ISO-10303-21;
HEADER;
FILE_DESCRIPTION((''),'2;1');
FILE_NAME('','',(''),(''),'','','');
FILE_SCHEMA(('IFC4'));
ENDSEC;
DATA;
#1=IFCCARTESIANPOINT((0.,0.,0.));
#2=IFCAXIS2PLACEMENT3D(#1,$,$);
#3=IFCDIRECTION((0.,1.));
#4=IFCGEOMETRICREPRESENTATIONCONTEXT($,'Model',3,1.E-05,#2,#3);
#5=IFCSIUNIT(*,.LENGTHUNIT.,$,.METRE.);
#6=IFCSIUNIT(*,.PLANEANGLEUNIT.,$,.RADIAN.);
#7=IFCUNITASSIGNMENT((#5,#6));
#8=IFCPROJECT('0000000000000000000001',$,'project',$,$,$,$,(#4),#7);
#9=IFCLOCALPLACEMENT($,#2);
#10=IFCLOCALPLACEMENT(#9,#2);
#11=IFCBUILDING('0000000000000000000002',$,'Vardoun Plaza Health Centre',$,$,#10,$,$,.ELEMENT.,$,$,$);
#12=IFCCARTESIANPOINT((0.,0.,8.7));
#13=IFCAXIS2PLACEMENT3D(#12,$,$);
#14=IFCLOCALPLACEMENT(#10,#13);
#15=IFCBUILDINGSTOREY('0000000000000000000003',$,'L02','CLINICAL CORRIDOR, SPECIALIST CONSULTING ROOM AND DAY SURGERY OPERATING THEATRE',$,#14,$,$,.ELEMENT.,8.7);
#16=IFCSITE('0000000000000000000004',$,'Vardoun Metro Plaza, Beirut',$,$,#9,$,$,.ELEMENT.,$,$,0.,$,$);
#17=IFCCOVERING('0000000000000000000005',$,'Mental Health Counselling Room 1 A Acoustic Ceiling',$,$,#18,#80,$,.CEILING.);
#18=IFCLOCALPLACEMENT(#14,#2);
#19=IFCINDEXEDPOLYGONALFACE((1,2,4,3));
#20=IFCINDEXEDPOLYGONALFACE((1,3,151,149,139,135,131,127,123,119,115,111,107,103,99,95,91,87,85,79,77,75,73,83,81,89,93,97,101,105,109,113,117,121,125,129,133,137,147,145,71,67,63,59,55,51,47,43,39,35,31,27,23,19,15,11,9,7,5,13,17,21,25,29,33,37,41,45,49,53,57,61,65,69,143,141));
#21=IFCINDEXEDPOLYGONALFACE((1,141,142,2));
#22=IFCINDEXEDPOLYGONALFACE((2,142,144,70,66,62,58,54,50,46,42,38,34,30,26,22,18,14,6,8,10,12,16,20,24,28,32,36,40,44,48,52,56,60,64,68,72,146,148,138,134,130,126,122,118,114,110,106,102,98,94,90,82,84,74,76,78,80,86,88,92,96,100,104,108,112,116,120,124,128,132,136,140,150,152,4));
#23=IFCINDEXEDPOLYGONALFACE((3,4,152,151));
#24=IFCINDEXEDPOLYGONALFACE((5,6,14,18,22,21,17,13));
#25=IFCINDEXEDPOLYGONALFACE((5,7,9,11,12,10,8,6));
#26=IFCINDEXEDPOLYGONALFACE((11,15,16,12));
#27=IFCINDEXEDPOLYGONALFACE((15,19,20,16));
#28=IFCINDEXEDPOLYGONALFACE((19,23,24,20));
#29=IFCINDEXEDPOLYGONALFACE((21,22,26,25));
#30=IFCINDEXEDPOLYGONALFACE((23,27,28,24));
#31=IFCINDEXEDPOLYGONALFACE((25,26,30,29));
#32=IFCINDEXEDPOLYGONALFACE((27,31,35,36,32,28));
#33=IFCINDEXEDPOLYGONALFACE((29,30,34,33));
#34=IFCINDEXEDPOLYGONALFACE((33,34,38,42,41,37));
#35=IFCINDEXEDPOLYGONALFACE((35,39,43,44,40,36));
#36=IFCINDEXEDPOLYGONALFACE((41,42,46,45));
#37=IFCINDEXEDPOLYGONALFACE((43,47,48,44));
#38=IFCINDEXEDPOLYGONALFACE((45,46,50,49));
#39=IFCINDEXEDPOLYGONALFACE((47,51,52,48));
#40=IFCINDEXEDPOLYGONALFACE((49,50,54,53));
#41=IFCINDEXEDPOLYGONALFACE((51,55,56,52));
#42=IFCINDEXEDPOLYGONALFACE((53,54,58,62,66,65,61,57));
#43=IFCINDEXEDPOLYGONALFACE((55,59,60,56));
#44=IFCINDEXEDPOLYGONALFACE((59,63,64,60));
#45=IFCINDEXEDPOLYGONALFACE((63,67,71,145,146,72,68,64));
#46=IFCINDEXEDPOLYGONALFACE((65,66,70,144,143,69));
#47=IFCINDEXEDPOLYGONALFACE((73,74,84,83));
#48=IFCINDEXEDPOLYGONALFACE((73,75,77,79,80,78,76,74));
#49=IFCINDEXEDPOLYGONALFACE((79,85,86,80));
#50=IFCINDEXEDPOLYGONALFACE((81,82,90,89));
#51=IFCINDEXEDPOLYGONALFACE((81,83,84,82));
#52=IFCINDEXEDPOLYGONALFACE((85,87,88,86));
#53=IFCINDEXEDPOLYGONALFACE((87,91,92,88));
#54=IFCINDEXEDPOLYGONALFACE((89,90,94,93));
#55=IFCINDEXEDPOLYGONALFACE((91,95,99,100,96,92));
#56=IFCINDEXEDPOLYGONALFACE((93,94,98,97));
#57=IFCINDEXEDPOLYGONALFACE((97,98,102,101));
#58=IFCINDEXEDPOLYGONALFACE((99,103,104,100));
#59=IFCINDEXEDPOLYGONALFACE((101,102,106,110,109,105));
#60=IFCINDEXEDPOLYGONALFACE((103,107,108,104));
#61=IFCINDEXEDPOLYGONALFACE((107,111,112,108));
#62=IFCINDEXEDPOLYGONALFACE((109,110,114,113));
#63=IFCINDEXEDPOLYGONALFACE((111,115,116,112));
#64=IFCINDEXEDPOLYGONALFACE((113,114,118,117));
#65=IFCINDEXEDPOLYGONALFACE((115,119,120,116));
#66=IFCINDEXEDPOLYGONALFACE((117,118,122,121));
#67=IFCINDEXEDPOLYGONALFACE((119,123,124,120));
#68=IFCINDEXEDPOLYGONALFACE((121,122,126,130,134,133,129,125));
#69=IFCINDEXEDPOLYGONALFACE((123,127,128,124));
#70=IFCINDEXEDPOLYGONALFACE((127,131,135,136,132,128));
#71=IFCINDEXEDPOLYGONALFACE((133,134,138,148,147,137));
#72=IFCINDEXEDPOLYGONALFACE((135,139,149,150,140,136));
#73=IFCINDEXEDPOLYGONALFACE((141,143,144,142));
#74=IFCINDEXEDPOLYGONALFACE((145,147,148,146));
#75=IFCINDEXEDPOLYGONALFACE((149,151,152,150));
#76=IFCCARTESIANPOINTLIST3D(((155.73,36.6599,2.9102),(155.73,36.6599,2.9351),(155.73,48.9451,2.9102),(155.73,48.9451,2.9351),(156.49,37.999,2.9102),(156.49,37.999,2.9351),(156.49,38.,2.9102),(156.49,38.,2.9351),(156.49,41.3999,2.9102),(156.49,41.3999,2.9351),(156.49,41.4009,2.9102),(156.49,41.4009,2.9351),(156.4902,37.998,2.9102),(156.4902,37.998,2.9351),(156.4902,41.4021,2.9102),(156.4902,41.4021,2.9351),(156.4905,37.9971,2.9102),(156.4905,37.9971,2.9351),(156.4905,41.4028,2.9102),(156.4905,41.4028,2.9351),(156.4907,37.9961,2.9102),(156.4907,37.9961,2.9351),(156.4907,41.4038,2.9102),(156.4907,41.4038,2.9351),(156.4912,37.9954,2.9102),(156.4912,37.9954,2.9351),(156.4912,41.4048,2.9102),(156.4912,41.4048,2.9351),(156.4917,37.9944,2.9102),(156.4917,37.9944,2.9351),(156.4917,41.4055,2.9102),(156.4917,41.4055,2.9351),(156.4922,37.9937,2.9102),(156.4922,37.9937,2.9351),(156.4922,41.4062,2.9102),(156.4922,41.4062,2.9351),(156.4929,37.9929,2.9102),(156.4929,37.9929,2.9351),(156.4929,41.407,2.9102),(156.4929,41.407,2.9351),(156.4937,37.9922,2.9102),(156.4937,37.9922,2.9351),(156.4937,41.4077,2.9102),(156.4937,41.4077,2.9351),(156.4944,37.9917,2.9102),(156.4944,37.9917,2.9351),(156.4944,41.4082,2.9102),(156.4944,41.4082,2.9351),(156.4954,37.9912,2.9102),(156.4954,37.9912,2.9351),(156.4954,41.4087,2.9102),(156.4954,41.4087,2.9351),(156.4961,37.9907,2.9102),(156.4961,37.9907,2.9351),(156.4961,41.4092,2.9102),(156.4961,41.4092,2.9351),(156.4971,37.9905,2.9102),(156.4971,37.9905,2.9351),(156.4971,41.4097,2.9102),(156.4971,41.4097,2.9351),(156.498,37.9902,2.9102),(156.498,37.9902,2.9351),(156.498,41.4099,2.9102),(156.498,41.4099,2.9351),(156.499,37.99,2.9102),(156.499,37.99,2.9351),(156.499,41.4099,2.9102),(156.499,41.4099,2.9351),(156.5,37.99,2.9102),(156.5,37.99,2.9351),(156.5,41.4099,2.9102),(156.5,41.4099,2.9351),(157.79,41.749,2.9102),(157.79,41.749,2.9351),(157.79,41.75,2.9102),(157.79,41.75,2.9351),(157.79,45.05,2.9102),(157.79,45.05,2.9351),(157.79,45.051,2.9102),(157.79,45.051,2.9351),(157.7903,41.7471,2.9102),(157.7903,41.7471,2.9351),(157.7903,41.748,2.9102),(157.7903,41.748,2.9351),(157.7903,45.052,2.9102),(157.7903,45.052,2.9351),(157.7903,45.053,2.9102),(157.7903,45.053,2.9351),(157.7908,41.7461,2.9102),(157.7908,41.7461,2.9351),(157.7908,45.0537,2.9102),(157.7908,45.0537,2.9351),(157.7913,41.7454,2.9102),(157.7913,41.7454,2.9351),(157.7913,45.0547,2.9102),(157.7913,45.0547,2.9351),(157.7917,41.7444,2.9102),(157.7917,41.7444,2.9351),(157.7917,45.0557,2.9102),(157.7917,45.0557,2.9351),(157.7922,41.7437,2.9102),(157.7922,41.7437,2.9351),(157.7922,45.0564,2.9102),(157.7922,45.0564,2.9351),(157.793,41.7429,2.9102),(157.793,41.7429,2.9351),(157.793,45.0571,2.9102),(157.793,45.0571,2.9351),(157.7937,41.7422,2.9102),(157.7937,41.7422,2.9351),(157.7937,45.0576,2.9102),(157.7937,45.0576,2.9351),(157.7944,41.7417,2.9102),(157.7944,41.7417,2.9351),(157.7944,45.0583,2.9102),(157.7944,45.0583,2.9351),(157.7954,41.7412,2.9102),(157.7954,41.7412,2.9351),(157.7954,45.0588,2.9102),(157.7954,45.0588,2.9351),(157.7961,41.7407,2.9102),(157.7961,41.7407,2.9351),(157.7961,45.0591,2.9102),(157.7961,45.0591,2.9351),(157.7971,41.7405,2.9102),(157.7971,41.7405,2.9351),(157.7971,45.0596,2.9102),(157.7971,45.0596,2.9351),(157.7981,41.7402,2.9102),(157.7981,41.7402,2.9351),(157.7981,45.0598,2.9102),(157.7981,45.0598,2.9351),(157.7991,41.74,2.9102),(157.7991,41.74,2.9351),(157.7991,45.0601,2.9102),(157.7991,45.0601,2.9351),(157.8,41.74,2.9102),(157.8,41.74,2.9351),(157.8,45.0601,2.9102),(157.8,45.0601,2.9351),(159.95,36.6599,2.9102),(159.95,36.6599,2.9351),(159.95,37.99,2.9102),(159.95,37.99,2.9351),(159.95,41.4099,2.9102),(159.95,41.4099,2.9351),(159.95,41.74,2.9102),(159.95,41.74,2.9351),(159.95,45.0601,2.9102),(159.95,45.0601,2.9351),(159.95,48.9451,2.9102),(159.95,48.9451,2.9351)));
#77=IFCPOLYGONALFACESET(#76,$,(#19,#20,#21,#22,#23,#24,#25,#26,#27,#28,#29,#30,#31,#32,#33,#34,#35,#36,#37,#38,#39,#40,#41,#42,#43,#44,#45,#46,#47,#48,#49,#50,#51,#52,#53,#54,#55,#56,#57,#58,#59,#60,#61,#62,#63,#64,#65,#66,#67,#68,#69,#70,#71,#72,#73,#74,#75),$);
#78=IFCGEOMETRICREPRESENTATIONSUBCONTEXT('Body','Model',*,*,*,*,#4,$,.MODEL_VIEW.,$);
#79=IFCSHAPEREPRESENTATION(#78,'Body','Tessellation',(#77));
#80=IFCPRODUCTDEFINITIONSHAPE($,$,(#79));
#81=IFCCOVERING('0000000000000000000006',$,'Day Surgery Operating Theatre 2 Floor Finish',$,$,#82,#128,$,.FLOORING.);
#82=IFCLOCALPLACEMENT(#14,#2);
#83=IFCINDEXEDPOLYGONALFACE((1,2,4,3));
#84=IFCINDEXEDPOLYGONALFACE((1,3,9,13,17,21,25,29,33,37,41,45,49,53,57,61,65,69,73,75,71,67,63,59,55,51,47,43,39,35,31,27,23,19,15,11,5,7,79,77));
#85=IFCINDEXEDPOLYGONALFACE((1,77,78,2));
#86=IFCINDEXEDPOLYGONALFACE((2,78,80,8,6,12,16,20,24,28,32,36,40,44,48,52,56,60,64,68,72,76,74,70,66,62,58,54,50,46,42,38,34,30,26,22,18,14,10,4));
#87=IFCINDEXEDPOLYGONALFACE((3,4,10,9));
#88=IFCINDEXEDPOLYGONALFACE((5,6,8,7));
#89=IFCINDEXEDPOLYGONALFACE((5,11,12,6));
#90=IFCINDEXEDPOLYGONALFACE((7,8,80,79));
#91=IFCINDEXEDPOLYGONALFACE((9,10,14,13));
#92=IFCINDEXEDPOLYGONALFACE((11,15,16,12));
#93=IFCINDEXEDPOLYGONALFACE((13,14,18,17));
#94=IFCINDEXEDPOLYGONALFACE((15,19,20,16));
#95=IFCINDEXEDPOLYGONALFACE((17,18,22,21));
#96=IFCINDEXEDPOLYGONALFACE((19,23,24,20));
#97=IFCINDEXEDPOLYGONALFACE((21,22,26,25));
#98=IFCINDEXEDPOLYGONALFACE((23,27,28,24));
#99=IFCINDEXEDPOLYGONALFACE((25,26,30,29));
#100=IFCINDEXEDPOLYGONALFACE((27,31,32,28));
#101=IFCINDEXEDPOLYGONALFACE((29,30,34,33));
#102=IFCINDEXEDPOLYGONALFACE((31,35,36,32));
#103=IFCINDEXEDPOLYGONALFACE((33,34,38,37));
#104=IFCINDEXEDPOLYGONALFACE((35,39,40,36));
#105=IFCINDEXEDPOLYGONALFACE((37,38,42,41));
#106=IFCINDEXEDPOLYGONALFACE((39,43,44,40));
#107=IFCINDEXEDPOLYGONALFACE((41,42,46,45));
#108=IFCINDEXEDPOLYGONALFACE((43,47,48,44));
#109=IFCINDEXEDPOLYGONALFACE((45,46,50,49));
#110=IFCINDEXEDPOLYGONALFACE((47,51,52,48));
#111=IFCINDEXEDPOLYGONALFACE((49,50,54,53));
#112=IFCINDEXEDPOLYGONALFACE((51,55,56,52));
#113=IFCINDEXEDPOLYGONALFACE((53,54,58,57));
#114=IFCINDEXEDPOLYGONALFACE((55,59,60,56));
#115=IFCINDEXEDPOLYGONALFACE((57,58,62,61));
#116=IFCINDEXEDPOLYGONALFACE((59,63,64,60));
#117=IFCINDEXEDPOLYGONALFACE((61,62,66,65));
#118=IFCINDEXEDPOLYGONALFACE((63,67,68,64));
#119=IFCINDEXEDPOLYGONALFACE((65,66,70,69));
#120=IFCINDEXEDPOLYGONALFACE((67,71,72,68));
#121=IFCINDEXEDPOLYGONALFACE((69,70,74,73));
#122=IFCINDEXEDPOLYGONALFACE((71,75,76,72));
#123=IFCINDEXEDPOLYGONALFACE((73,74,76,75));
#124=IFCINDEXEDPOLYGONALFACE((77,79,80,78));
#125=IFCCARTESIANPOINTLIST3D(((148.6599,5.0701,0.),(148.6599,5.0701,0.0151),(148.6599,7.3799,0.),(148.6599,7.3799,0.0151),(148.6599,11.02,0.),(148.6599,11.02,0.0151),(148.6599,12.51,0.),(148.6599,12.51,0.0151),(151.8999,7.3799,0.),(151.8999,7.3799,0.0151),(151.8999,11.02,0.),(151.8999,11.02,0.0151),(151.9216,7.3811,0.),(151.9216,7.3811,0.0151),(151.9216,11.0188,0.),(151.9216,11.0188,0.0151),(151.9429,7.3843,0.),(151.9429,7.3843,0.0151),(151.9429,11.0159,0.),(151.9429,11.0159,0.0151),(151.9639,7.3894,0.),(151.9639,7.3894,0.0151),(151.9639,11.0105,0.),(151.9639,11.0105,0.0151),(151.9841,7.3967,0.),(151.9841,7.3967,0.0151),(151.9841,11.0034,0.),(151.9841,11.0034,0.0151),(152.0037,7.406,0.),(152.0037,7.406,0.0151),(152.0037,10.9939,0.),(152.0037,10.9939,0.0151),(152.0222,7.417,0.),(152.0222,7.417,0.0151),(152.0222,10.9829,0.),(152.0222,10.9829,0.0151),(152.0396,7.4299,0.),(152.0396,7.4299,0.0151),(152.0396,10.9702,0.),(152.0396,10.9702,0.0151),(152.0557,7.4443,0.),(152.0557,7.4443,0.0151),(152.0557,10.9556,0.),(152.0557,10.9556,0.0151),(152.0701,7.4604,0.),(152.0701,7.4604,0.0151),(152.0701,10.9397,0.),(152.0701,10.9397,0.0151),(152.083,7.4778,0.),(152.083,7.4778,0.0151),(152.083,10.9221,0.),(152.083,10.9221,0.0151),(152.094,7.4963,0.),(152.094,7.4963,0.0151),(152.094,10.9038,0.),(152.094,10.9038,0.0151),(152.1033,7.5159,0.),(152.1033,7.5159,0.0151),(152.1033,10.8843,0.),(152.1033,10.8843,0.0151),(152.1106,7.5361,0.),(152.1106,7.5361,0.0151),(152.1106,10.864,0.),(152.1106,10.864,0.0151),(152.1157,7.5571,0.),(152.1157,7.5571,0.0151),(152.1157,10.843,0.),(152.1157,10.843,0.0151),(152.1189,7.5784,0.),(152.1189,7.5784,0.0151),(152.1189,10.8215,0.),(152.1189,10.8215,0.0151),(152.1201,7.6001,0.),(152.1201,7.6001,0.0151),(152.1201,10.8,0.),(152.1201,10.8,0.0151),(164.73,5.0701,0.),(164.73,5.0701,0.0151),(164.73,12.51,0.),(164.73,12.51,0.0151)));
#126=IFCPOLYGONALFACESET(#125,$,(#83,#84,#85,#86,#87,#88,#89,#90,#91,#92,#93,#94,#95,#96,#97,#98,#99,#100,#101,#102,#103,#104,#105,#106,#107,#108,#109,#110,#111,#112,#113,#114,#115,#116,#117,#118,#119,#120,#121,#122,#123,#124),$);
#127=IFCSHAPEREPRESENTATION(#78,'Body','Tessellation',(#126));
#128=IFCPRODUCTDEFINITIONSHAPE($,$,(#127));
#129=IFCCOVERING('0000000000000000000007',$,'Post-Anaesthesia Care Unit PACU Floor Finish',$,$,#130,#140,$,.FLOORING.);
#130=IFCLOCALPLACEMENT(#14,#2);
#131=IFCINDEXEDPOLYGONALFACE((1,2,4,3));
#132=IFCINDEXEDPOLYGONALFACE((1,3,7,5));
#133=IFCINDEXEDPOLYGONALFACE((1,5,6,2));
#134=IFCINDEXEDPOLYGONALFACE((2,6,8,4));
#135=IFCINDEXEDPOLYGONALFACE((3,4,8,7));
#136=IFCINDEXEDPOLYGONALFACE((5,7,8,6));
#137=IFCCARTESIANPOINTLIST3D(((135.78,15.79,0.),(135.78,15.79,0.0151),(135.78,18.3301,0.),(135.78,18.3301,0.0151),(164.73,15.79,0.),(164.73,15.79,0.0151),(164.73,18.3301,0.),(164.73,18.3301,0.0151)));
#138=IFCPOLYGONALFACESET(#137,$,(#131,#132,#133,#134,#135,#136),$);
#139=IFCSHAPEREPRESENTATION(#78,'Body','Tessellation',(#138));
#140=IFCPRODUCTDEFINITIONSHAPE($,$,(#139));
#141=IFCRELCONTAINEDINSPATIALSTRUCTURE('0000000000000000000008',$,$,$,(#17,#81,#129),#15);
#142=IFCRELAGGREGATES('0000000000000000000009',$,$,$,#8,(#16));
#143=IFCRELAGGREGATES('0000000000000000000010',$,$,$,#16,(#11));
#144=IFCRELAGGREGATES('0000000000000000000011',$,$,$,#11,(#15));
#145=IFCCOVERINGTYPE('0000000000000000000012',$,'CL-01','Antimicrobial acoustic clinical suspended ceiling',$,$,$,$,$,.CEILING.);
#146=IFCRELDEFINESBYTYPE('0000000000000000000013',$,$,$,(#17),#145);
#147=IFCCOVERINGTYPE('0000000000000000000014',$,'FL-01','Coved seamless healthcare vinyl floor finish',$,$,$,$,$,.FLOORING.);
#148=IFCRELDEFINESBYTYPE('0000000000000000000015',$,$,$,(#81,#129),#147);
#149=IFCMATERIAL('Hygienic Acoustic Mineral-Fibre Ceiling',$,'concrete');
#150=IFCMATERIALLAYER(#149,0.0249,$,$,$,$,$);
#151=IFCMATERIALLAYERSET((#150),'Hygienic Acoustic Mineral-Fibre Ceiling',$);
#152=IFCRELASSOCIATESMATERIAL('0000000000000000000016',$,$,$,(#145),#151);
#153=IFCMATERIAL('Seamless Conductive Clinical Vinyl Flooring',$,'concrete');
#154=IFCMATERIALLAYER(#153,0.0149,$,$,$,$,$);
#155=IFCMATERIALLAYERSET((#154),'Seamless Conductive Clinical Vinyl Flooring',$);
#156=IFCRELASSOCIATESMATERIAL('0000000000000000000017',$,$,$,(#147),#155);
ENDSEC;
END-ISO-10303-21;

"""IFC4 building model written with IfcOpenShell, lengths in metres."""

from ifc_helpers import new_model, si_unit, direction, frame, origin, place, context, subcontext, project, spatial, polyline, outline, extrude, material, layer, layer_set, type_object, element, save


model = new_model("IFC4")

# Units and contexts
model_context = context("Model", 3, precision=1e-05, world=origin(), true_north=direction((0.0, 1.0)))
body_context = subcontext(model_context, "Body", "Model", "MODEL_VIEW")
ifc_project = project(units=[si_unit("LENGTHUNIT", "METRE"), si_unit("PLANEANGLEUNIT", "RADIAN")], contexts=[model_context])

# Site, building, storey
site_placement = place(None, origin())
site = spatial("IfcSite", under=ifc_project, at=site_placement, Name="Vardoun Metro Plaza, Beirut", CompositionType="ELEMENT", RefElevation=0.0)
building_placement = place(site_placement, origin())
building = spatial("IfcBuilding", under=site, at=building_placement, Name="Vardoun Plaza Health Centre", CompositionType="ELEMENT")
storey_placement = place(building_placement, frame((0.0, 0.0, 8.7)))
storey = spatial("IfcBuildingStorey", under=building, at=storey_placement, Name="L02", Description="CLINICAL CORRIDOR, SPECIALIST CONSULTING ROOM AND DAY SURGERY OPERATING THEATRE", CompositionType="ELEMENT", Elevation=8.7)

# Coverings
ifc_material_1 = material(Name="Hygienic Acoustic Mineral-Fibre Ceiling", Category="concrete")
ifc_layer_1 = layer(ifc_material_1, 0.0249)
ifc_layer_set_1 = layer_set([ifc_layer_1], Name="Hygienic Acoustic Mineral-Fibre Ceiling")
covering_type_1 = type_object("IfcCoveringType", Name="CL-01", Description="Antimicrobial acoustic clinical suspended ceiling", PredefinedType="CEILING", material=ifc_layer_set_1)
covering_1_placement = place(storey_placement, frame((0.0, 0.0, 2.9102)))
element("IfcCovering", 1, at=covering_1_placement, inside=storey, type_object=covering_type_1, Name="Mental Health Counselling Room 1 A Acoustic Ceiling", PredefinedType="CEILING", context=body_context, shape_type="SweptSolid", body=[
    extrude(outline(polyline([(159.95, 45.0601), (157.8, 45.0601), (157.7991, 45.0601), (157.7981, 45.0598), (157.7971, 45.0596), (157.7961, 45.0591), (157.7954, 45.0588), (157.7944, 45.0583), (157.7937, 45.0576), (157.793, 45.0571), (157.7922, 45.0564), (157.7917, 45.0557), (157.7913, 45.0547), (157.7908, 45.0537), (157.7903, 45.053), (157.7903, 45.052), (157.79, 45.051), (157.79, 45.05), (157.79, 41.75), (157.79, 41.749), (157.7903, 41.748), (157.7903, 41.7471), (157.7908, 41.7461), (157.7913, 41.7454), (157.7917, 41.7444), (157.7922, 41.7437), (157.793, 41.7429), (157.7937, 41.7422), (157.7944, 41.7417), (157.7954, 41.7412), (157.7961, 41.7407), (157.7971, 41.7405), (157.7981, 41.7402), (157.7991, 41.74), (157.8, 41.74), (159.95, 41.74), (159.95, 41.4099), (156.5, 41.4099), (156.499, 41.4099), (156.498, 41.4099), (156.4971, 41.4097), (156.4961, 41.4092), (156.4954, 41.4087), (156.4944, 41.4082), (156.4937, 41.4077), (156.4929, 41.407), (156.4922, 41.4062), (156.4917, 41.4055), (156.4912, 41.4048), (156.4907, 41.4038), (156.4905, 41.4028), (156.4902, 41.4021), (156.49, 41.4009), (156.49, 41.3999), (156.49, 38.0), (156.49, 37.999), (156.4902, 37.998), (156.4905, 37.9971), (156.4907, 37.9961), (156.4912, 37.9954), (156.4917, 37.9944), (156.4922, 37.9937), (156.4929, 37.9929), (156.4937, 37.9922), (156.4944, 37.9917), (156.4954, 37.9912), (156.4961, 37.9907), (156.4971, 37.9905), (156.498, 37.9902), (156.499, 37.99), (156.5, 37.99), (159.95, 37.99), (159.95, 36.6599), (155.73, 36.6599), (155.73, 48.9451), (159.95, 48.9451), (159.95, 45.0601)])), origin(), (0.0, 0.0, 1.0), 0.0249),
])
ifc_material_2 = material(Name="Seamless Conductive Clinical Vinyl Flooring", Category="concrete")
ifc_layer_2 = layer(ifc_material_2, 0.0149)
ifc_layer_set_2 = layer_set([ifc_layer_2], Name="Seamless Conductive Clinical Vinyl Flooring")
covering_type_2 = type_object("IfcCoveringType", Name="FL-01", Description="Coved seamless healthcare vinyl floor finish", PredefinedType="FLOORING", material=ifc_layer_set_2)
covering_2_placement = place(storey_placement, origin())
element("IfcCovering", 2, at=covering_2_placement, inside=storey, type_object=covering_type_2, Name="Day Surgery Operating Theatre 2 Floor Finish", PredefinedType="FLOORING", context=body_context, shape_type="SweptSolid", body=[
    extrude(outline(polyline([(164.73, 5.0701), (148.6599, 5.0701), (148.6599, 7.3799), (151.8999, 7.3799), (151.9216, 7.3811), (151.9429, 7.3843), (151.9639, 7.3894), (151.9841, 7.3967), (152.0037, 7.406), (152.0222, 7.417), (152.0396, 7.4299), (152.0557, 7.4443), (152.0701, 7.4604), (152.083, 7.4778), (152.094, 7.4963), (152.1033, 7.5159), (152.1106, 7.5361), (152.1157, 7.5571), (152.1189, 7.5784), (152.1201, 7.6001), (152.1201, 10.8), (152.1189, 10.8215), (152.1157, 10.843), (152.1106, 10.864), (152.1033, 10.8843), (152.094, 10.9038), (152.083, 10.9221), (152.0701, 10.9397), (152.0557, 10.9556), (152.0396, 10.9702), (152.0222, 10.9829), (152.0037, 10.9939), (151.9841, 11.0034), (151.9639, 11.0105), (151.9429, 11.0159), (151.9216, 11.0188), (151.8999, 11.02), (148.6599, 11.02), (148.6599, 12.51), (164.73, 12.51), (164.73, 5.0701)])), origin(), (0.0, 0.0, 1.0), 0.0151),
])
covering_3_placement = place(storey_placement, origin())
element("IfcCovering", 3, at=covering_3_placement, inside=storey, type_object=covering_type_2, Name="Post-Anaesthesia Care Unit PACU Floor Finish", PredefinedType="FLOORING", context=body_context, shape_type="SweptSolid", body=[
    extrude(outline(polyline([(164.73, 18.3301), (164.73, 15.79), (135.78, 15.79), (135.78, 18.3301), (164.73, 18.3301)])), origin(), (0.0, 0.0, 1.0), 0.0151),
])

save(model, "model.ifc")
